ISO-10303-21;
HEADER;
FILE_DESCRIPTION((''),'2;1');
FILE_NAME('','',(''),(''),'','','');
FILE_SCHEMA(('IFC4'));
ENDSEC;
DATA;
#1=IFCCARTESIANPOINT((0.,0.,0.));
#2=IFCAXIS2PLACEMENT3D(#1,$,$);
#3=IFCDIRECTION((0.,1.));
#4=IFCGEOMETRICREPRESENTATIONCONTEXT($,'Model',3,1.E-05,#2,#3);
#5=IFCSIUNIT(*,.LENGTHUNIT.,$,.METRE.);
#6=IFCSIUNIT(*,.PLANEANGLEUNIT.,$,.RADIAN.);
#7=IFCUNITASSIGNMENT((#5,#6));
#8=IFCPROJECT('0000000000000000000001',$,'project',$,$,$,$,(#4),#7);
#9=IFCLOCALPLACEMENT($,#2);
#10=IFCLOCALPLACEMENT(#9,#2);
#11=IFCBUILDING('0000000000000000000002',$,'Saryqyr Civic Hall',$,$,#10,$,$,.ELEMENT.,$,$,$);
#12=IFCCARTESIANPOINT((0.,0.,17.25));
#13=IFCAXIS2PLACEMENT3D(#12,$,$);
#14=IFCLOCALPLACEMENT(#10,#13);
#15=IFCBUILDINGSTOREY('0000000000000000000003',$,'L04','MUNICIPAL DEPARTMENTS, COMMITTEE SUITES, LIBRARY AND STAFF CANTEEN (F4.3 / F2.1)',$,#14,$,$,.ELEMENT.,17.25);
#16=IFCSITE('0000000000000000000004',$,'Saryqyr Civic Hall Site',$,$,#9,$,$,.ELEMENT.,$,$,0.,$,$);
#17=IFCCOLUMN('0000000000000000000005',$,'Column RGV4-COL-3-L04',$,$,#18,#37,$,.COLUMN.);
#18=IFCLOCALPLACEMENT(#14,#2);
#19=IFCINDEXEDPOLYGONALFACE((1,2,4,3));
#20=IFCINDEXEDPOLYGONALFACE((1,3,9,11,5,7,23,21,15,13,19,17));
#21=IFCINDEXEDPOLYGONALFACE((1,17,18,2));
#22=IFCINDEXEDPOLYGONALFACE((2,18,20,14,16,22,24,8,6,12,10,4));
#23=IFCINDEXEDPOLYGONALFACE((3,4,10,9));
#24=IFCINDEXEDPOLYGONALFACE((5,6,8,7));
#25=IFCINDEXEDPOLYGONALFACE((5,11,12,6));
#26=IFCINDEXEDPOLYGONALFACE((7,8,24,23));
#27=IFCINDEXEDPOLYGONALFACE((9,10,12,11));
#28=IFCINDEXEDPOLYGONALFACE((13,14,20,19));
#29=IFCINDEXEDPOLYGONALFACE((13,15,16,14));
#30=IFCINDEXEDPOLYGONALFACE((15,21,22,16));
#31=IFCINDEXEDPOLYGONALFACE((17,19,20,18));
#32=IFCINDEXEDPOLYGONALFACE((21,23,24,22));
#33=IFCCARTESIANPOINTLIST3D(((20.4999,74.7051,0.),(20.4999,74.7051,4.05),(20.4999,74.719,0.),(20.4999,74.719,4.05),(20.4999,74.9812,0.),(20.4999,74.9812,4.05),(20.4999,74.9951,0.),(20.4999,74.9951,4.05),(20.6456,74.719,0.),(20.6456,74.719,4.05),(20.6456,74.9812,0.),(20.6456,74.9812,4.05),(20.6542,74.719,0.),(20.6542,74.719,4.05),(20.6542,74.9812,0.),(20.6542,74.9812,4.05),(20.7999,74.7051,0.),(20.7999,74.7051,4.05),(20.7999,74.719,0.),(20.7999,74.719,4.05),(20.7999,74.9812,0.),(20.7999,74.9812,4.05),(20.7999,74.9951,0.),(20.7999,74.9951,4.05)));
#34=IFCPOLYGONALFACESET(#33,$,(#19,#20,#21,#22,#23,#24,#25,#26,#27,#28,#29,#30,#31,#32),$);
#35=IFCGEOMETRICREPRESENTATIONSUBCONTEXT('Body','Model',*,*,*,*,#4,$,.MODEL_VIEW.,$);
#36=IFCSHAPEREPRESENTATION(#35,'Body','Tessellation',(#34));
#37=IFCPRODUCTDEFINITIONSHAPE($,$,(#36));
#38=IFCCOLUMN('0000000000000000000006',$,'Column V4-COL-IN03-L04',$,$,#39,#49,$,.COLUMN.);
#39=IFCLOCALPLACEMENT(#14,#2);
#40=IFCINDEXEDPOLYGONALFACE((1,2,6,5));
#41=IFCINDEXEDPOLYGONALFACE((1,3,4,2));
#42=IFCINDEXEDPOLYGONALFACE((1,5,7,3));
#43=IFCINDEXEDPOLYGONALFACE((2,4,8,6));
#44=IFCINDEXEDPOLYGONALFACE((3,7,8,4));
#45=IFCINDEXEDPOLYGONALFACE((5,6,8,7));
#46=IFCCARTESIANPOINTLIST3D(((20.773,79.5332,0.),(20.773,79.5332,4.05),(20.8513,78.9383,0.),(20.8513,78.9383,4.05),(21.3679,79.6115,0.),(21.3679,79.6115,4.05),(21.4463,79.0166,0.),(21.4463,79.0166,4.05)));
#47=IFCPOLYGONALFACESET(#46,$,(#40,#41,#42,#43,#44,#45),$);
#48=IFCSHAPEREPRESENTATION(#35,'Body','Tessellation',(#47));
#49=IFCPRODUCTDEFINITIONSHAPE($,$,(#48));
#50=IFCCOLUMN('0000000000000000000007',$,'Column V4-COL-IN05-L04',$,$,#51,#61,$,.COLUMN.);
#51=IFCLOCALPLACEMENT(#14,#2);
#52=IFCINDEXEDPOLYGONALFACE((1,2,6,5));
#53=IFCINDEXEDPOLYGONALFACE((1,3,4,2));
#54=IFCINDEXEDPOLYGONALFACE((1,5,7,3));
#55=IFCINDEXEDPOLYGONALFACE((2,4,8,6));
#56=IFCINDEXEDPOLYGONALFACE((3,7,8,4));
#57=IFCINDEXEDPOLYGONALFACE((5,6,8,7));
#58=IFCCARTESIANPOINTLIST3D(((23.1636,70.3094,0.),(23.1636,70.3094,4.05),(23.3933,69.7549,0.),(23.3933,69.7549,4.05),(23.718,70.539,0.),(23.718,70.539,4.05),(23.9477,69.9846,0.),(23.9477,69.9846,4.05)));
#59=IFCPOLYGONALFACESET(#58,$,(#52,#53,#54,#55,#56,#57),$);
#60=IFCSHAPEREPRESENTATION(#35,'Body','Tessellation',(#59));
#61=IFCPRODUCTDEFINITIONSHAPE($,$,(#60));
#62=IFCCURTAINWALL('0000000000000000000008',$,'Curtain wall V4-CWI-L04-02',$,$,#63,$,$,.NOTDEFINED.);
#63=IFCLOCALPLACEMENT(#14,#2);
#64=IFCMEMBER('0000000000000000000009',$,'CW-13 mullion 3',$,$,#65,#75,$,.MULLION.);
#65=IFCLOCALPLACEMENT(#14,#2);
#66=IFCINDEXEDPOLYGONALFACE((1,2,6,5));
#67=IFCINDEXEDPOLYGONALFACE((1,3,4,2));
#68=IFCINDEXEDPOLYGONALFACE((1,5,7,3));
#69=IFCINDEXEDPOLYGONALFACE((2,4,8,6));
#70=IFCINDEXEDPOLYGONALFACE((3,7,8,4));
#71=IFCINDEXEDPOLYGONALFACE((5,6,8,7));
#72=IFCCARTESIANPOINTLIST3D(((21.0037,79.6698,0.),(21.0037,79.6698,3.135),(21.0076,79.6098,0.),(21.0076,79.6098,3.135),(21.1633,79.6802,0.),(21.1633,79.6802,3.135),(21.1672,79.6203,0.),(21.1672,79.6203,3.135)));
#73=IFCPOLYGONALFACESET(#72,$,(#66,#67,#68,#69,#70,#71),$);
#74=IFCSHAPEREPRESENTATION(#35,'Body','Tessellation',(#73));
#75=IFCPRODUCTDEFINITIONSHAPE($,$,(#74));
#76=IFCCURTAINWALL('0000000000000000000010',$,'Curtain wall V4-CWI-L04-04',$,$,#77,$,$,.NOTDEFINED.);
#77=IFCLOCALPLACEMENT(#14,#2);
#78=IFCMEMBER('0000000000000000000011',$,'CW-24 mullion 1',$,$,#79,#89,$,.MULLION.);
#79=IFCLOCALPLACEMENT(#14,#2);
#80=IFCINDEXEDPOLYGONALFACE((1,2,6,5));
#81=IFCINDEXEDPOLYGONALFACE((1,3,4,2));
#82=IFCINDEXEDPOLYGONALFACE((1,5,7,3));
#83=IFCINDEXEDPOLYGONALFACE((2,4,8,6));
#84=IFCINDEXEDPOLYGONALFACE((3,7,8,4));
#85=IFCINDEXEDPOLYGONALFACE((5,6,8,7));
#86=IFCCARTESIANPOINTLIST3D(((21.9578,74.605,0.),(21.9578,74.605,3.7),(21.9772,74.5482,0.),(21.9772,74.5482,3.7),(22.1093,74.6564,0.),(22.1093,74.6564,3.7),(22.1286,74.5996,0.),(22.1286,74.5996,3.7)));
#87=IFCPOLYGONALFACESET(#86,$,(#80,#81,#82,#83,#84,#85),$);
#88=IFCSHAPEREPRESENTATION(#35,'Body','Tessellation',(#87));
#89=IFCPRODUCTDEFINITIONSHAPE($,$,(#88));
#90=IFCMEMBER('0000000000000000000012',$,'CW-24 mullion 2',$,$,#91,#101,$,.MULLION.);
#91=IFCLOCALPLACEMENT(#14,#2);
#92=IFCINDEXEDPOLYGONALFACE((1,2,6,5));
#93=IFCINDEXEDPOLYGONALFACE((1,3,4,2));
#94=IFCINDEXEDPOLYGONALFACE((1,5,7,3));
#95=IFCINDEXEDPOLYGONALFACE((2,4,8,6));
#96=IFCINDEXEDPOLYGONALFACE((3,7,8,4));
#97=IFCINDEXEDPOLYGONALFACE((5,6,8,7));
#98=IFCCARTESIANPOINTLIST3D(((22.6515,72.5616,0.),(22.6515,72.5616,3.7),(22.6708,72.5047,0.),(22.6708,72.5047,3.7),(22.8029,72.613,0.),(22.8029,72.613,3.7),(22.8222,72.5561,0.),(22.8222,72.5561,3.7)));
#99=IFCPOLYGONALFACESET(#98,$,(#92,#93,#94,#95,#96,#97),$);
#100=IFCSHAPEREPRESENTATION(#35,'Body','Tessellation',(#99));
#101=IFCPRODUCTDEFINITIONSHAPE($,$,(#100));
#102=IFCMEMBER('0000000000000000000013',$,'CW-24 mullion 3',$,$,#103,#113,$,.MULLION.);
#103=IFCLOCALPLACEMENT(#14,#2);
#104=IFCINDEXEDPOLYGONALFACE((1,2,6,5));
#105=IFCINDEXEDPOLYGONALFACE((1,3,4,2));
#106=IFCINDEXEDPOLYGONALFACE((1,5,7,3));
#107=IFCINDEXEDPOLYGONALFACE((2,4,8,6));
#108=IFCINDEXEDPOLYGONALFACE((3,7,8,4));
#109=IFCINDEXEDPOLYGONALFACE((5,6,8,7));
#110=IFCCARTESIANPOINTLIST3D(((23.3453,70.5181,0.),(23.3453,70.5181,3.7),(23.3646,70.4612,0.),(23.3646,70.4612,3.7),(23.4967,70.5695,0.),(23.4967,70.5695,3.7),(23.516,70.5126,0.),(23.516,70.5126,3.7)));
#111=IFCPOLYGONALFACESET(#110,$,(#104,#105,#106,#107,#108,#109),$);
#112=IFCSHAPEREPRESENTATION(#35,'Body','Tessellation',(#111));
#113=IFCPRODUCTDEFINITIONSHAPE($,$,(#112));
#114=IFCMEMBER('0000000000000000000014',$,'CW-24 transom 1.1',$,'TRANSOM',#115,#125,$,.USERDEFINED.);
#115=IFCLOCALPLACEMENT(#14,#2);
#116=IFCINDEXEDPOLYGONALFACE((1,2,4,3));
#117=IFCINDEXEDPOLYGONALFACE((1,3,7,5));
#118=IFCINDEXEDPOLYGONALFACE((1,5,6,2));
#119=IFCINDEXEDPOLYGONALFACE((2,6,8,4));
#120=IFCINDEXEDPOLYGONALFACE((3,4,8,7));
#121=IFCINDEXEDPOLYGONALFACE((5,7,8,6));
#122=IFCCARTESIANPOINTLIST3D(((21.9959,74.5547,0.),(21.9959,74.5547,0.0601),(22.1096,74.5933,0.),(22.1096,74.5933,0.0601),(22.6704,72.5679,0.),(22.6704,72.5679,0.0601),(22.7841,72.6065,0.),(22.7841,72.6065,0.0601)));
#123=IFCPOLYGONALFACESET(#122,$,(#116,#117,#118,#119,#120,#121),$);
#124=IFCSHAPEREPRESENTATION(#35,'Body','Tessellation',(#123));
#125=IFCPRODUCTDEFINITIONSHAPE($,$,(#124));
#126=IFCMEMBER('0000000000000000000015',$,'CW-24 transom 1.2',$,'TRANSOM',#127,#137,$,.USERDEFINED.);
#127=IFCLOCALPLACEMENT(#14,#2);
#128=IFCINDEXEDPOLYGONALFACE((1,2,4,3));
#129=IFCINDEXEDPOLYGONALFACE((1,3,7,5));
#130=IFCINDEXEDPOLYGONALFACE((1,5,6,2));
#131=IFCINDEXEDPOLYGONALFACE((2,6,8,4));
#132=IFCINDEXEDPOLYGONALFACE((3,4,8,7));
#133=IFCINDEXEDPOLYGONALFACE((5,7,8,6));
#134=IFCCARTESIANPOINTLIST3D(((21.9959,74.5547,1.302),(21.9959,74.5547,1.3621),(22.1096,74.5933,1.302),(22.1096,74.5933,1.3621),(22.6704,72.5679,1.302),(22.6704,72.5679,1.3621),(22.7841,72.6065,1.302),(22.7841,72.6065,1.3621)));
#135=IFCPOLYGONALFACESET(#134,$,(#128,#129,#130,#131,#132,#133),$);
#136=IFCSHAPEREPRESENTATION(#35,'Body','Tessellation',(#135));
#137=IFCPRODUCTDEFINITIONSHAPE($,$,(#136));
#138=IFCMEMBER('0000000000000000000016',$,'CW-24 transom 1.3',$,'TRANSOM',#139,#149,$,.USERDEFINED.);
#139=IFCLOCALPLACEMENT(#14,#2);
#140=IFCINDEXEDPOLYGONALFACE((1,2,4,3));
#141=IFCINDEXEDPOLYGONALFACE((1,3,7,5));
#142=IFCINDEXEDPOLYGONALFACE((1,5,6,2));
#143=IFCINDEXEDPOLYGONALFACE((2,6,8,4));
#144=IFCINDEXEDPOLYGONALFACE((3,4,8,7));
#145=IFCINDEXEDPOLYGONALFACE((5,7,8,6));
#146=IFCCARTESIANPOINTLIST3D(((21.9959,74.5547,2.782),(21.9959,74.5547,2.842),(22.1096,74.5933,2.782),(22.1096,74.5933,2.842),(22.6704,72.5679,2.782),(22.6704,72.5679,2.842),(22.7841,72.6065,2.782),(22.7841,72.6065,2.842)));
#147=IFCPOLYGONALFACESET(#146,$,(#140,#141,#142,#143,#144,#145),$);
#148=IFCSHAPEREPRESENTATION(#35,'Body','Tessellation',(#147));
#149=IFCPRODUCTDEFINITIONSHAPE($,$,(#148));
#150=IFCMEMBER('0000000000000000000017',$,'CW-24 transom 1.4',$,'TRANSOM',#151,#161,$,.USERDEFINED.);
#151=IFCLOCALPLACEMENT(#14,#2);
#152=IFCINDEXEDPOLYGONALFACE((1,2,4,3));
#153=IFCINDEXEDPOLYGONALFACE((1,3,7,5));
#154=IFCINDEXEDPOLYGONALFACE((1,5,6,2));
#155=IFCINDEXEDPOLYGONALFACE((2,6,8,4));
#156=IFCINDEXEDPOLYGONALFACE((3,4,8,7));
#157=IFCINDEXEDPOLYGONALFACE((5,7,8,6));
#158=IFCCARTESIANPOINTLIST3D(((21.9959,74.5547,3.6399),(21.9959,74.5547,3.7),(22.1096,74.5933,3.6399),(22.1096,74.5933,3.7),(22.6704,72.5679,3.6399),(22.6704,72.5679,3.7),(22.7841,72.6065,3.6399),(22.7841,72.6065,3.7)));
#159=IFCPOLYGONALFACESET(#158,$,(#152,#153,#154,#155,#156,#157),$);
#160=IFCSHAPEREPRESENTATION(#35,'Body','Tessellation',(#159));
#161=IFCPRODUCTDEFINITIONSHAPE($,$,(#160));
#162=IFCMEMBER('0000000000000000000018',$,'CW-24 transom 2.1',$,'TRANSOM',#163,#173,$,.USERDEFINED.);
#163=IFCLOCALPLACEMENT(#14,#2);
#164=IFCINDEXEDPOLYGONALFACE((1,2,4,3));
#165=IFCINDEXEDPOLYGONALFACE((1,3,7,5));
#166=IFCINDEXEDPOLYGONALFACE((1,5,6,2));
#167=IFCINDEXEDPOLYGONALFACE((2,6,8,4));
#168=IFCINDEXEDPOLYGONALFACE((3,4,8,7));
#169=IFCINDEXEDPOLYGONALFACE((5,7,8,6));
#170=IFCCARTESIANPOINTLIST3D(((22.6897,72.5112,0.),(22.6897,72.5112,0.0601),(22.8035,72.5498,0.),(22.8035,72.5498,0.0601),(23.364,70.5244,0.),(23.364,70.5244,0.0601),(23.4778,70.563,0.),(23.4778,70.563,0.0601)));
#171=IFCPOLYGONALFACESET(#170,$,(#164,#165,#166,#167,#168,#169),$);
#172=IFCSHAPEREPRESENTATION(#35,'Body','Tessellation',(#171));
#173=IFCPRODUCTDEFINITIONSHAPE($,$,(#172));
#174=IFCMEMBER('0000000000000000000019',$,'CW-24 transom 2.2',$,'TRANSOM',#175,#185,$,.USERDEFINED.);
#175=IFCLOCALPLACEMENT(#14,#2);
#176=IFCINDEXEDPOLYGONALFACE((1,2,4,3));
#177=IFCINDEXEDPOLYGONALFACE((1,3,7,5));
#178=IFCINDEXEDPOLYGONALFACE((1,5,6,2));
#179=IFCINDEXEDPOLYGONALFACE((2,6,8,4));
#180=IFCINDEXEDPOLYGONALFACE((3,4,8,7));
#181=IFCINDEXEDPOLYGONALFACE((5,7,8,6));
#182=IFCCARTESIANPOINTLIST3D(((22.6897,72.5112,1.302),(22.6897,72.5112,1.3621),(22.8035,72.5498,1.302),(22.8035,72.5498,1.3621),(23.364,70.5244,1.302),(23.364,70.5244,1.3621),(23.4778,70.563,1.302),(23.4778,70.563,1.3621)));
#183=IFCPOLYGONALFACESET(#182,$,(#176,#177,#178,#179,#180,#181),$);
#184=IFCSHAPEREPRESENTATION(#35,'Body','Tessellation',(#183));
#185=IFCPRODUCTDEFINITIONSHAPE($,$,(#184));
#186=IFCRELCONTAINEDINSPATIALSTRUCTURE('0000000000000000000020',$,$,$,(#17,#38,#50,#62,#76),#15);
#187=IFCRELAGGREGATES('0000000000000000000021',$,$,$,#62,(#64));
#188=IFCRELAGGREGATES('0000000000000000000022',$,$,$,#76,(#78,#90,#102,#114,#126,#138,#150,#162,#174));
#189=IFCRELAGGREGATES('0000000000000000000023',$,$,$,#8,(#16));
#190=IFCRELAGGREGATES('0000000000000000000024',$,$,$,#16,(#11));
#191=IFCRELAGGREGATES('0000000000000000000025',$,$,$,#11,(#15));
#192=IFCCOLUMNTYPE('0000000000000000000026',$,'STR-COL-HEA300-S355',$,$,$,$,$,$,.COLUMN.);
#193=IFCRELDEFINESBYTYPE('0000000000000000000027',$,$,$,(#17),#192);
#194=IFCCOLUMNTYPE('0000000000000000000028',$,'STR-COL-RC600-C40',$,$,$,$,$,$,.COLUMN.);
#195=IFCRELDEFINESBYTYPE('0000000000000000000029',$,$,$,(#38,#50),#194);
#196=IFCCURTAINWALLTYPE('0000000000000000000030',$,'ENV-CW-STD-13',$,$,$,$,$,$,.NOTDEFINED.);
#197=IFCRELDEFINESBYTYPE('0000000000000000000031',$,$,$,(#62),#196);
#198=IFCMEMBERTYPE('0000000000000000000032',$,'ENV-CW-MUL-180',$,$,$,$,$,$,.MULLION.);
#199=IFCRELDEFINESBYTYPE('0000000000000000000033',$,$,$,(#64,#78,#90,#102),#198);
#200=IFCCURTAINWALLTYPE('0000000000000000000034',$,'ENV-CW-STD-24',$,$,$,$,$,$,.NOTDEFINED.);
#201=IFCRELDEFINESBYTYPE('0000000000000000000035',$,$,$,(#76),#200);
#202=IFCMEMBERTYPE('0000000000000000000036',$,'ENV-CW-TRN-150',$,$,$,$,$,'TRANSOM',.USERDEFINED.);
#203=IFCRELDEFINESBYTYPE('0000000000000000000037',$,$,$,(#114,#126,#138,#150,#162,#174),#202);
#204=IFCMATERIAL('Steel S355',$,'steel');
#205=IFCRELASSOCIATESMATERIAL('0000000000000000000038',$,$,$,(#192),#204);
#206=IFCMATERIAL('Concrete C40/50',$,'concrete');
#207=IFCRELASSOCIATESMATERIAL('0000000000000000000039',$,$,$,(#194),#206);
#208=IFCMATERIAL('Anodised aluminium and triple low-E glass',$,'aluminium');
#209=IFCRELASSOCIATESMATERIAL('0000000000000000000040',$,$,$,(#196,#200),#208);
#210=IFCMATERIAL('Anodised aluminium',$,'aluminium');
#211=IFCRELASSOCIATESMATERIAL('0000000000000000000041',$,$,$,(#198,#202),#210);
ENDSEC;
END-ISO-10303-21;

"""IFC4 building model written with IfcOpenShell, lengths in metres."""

from ifc_helpers import new_model, si_unit, direction, frame, origin, origin_2d, place, context, subcontext, project, spatial, rectangle, i_section, extrude, material, material_profile, profile_set, type_object, element, aggregate, save


model = new_model("IFC4")

# Units and contexts
model_context = context("Model", 3, precision=1e-05, world=origin(), true_north=direction((0.0, 1.0)))
body_context = subcontext(model_context, "Body", "Model", "MODEL_VIEW")
ifc_project = project(units=[si_unit("LENGTHUNIT", "METRE"), si_unit("PLANEANGLEUNIT", "RADIAN")], contexts=[model_context])

# Site, building, storey
site_placement = place(None, origin())
site = spatial("IfcSite", under=ifc_project, at=site_placement, Name="Saryqyr Civic Hall Site", CompositionType="ELEMENT", RefElevation=0.0)
building_placement = place(site_placement, origin())
building = spatial("IfcBuilding", under=site, at=building_placement, Name="Saryqyr Civic Hall", CompositionType="ELEMENT")
storey_placement = place(building_placement, frame((0.0, 0.0, 17.25)))
storey = spatial("IfcBuildingStorey", under=building, at=storey_placement, Name="L04", Description="MUNICIPAL DEPARTMENTS, COMMITTEE SUITES, LIBRARY AND STAFF CANTEEN (F4.3 / F2.1)", CompositionType="ELEMENT", Elevation=17.25)

# Columns
ifc_material_1 = material(Name="Steel S355", Category="steel")
ifc_material_profile_1 = material_profile(ifc_material_1, i_section(OverallWidth=0.3, OverallDepth=0.29, WebThickness=0.0085, FlangeThickness=0.0139, at=origin_2d()), Name="HEA 300")
ifc_profile_set_1 = profile_set([ifc_material_profile_1], Name="Steel S355")
column_type_1 = type_object("IfcColumnType", Name="STR-COL-HEA300-S355", PredefinedType="COLUMN", material=ifc_profile_set_1)
column_placement = place(storey_placement, frame((20.6499, 74.8501, 0.0), z_axis=(0.0, 0.0, 1.0), x_axis=(1.0, 0.0, 0.0)))
element("IfcColumn", 1, at=column_placement, inside=storey, type_object=column_type_1, Name="Column RGV4-COL-3-L04", PredefinedType="COLUMN", context=body_context, shape_type="SweptSolid", body=[
    extrude(i_section(OverallWidth=0.3, OverallDepth=0.29, WebThickness=0.0085, FlangeThickness=0.0139, at=origin_2d()), origin(), (0.0, 0.0, 1.0), 4.05),
])
ifc_material_2 = material(Name="Concrete C40/50", Category="concrete")
ifc_material_profile_2 = material_profile(ifc_material_2, rectangle(XDim=0.6001, YDim=0.6001, at=origin_2d()), Name="RC 600x600")
ifc_profile_set_2 = profile_set([ifc_material_profile_2], Name="Concrete C40/50")
column_type_2 = type_object("IfcColumnType", Name="STR-COL-RC600-C40", PredefinedType="COLUMN", material=ifc_profile_set_2)
for number, where, z_axis, x_axis, name in (
    (2, (21.1096, 79.2749, 0.0), (0.0, 0.0, 1.0), (-0.991445, -0.130526, 0.0), "Column V4-COL-IN03-L04"),
    (3, (23.5557, 70.147, 0.0), (0.0, 0.0, 1.0), (-0.92388, -0.382683, 0.0), "Column V4-COL-IN05-L04"),
):
    element("IfcColumn", number, at=place(storey_placement, frame(where, z_axis=z_axis, x_axis=x_axis)), inside=storey, type_object=column_type_2, Name=name, PredefinedType="COLUMN", context=body_context, shape_type="SweptSolid", body=[
        extrude(rectangle(XDim=0.6001, YDim=0.6001, at=origin_2d()), origin(), (0.0, 0.0, 1.0), 4.05),
    ])

# Curtain wall, member
ifc_material_3 = material(Name="Anodised aluminium and triple low-E glass", Category="aluminium")
curtain_wall_type_1 = type_object("IfcCurtainWallType", Name="ENV-CW-STD-13", PredefinedType="NOTDEFINED", material=ifc_material_3)
curtain_wall_1_placement = place(storey_placement, origin())
curtain_wall_1 = element("IfcCurtainWall", 4, at=curtain_wall_1_placement, inside=storey, type_object=curtain_wall_type_1, Name="Curtain wall V4-CWI-L04-02", PredefinedType="NOTDEFINED")
ifc_material_4 = material(Name="Anodised aluminium", Category="aluminium")
ifc_material_profile_3 = material_profile(ifc_material_4, rectangle(XDim=0.0601, YDim=0.1599, at=origin_2d()), Name="ALU MULLION 60x160")
ifc_profile_set_3 = profile_set([ifc_material_profile_3], Name="Anodised aluminium")
member_type_1 = type_object("IfcMemberType", Name="ENV-CW-MUL-180", PredefinedType="MULLION", material=ifc_profile_set_3)
member_1_placement = place(storey_placement, frame((21.0854, 79.645, 0.0), z_axis=(0.0, 0.0, 1.0), x_axis=(0.065397, -0.997859, 0.0)))
member_1 = element("IfcMember", 5, at=member_1_placement, type_object=member_type_1, Name="CW-13 mullion 3", PredefinedType="MULLION", context=body_context, shape_type="SweptSolid", body=[
    extrude(rectangle(XDim=0.0601, YDim=0.1599, at=origin_2d()), origin(), (0.0, 0.0, 1.0), 3.135),
])
aggregate(curtain_wall_1, [member_1])

# Curtain wall, members
curtain_wall_type_2 = type_object("IfcCurtainWallType", Name="ENV-CW-STD-24", PredefinedType="NOTDEFINED", material=ifc_material_3)
curtain_wall_2_placement = place(storey_placement, origin())
curtain_wall_2 = element("IfcCurtainWall", 6, at=curtain_wall_2_placement, inside=storey, type_object=curtain_wall_type_2, Name="Curtain wall V4-CWI-L04-04", PredefinedType="NOTDEFINED")
member_2_placement = place(storey_placement, frame((22.0432, 74.6023, 0.0), z_axis=(0.0, 0.0, 1.0), x_axis=(0.321447, -0.946928, 0.0)))
member_2 = element("IfcMember", 7, at=member_2_placement, type_object=member_type_1, Name="CW-24 mullion 1", PredefinedType="MULLION", context=body_context, shape_type="SweptSolid", body=[
    extrude(rectangle(XDim=0.0601, YDim=0.1599, at=origin_2d()), origin(), (0.0, 0.0, 1.0), 3.7),
])
member_3_placement = place(storey_placement, frame((22.7368, 72.5588, 0.0), z_axis=(0.0, 0.0, 1.0), x_axis=(0.321447, -0.946928, 0.0)))
member_3 = element("IfcMember", 8, at=member_3_placement, type_object=member_type_1, Name="CW-24 mullion 2", PredefinedType="MULLION", context=body_context, shape_type="SweptSolid", body=[
    extrude(rectangle(XDim=0.0601, YDim=0.1599, at=origin_2d()), origin(), (0.0, 0.0, 1.0), 3.7),
])
member_4_placement = place(storey_placement, frame((23.4307, 70.5154, 0.0), z_axis=(0.0, 0.0, 1.0), x_axis=(0.321447, -0.946928, 0.0)))
member_4 = element("IfcMember", 9, at=member_4_placement, type_object=member_type_1, Name="CW-24 mullion 3", PredefinedType="MULLION", context=body_context, shape_type="SweptSolid", body=[
    extrude(rectangle(XDim=0.0601, YDim=0.1599, at=origin_2d()), origin(), (0.0, 0.0, 1.0), 3.7),
])
ifc_material_profile_4 = material_profile(ifc_material_4, rectangle(XDim=0.1201, YDim=0.0601, at=origin_2d()), Name="ALU TRANSOM 120x60")
ifc_profile_set_4 = profile_set([ifc_material_profile_4], Name="Anodised aluminium")
member_type_2 = type_object("IfcMemberType", Name="ENV-CW-TRN-150", ElementType="TRANSOM", PredefinedType="USERDEFINED", material=ifc_profile_set_4)
member_5_placement = place(storey_placement, frame((22.0527, 74.574, 0.03), z_axis=(0.321494, -0.946912, 0.0), x_axis=(0.946912, 0.321494, 0.0)))
member_5 = element("IfcMember", 10, at=member_5_placement, type_object=member_type_2, Name="CW-24 transom 1.1", ObjectType="TRANSOM", PredefinedType="USERDEFINED", context=body_context, shape_type="SweptSolid", body=[
    extrude(rectangle(XDim=0.1201, YDim=0.0601, at=origin_2d()), origin(), (0.0, 0.0, 1.0), 2.0981),
])
member_6_placement = place(storey_placement, frame((22.0527, 74.574, 1.332), z_axis=(0.321494, -0.946912, 0.0), x_axis=(0.946912, 0.321494, 0.0)))
member_6 = element("IfcMember", 11, at=member_6_placement, type_object=member_type_2, Name="CW-24 transom 1.2", ObjectType="TRANSOM", PredefinedType="USERDEFINED", context=body_context, shape_type="SweptSolid", body=[
    extrude(rectangle(XDim=0.1201, YDim=0.0601, at=origin_2d()), origin(), (0.0, 0.0, 1.0), 2.0981),
])
member_7_placement = place(storey_placement, frame((22.0527, 74.574, 2.812), z_axis=(0.321494, -0.946912, 0.0), x_axis=(0.946912, 0.321494, 0.0)))
member_7 = element("IfcMember", 12, at=member_7_placement, type_object=member_type_2, Name="CW-24 transom 1.3", ObjectType="TRANSOM", PredefinedType="USERDEFINED", context=body_context, shape_type="SweptSolid", body=[
    extrude(rectangle(XDim=0.1201, YDim=0.0601, at=origin_2d()), origin(), (0.0, 0.0, 1.0), 2.0981),
])
member_8_placement = place(storey_placement, frame((22.0527, 74.574, 3.6699), z_axis=(0.321494, -0.946912, 0.0), x_axis=(0.946912, 0.321494, 0.0)))
member_8 = element("IfcMember", 13, at=member_8_placement, type_object=member_type_2, Name="CW-24 transom 1.4", ObjectType="TRANSOM", PredefinedType="USERDEFINED", context=body_context, shape_type="SweptSolid", body=[
    extrude(rectangle(XDim=0.1201, YDim=0.0601, at=origin_2d()), origin(), (0.0, 0.0, 1.0), 2.0981),
])
member_9_placement = place(storey_placement, frame((22.7466, 72.5305, 0.03), z_axis=(0.32139, -0.946947, 0.0), x_axis=(0.946947, 0.32139, 0.0)))
member_9 = element("IfcMember", 14, at=member_9_placement, type_object=member_type_2, Name="CW-24 transom 2.1", ObjectType="TRANSOM", PredefinedType="USERDEFINED", context=body_context, shape_type="SweptSolid", body=[
    extrude(rectangle(XDim=0.1201, YDim=0.0601, at=origin_2d()), origin(), (0.0, 0.0, 1.0), 2.0981),
])
member_10_placement = place(storey_placement, frame((22.7466, 72.5305, 1.332), z_axis=(0.32139, -0.946947, 0.0), x_axis=(0.946947, 0.32139, 0.0)))
member_10 = element("IfcMember", 15, at=member_10_placement, type_object=member_type_2, Name="CW-24 transom 2.2", ObjectType="TRANSOM", PredefinedType="USERDEFINED", context=body_context, shape_type="SweptSolid", body=[
    extrude(rectangle(XDim=0.1201, YDim=0.0601, at=origin_2d()), origin(), (0.0, 0.0, 1.0), 2.0981),
])
aggregate(curtain_wall_2, [member_2, member_3, member_4, member_5, member_6, member_7, member_8, member_9, member_10])

save(model, "model.ifc")
